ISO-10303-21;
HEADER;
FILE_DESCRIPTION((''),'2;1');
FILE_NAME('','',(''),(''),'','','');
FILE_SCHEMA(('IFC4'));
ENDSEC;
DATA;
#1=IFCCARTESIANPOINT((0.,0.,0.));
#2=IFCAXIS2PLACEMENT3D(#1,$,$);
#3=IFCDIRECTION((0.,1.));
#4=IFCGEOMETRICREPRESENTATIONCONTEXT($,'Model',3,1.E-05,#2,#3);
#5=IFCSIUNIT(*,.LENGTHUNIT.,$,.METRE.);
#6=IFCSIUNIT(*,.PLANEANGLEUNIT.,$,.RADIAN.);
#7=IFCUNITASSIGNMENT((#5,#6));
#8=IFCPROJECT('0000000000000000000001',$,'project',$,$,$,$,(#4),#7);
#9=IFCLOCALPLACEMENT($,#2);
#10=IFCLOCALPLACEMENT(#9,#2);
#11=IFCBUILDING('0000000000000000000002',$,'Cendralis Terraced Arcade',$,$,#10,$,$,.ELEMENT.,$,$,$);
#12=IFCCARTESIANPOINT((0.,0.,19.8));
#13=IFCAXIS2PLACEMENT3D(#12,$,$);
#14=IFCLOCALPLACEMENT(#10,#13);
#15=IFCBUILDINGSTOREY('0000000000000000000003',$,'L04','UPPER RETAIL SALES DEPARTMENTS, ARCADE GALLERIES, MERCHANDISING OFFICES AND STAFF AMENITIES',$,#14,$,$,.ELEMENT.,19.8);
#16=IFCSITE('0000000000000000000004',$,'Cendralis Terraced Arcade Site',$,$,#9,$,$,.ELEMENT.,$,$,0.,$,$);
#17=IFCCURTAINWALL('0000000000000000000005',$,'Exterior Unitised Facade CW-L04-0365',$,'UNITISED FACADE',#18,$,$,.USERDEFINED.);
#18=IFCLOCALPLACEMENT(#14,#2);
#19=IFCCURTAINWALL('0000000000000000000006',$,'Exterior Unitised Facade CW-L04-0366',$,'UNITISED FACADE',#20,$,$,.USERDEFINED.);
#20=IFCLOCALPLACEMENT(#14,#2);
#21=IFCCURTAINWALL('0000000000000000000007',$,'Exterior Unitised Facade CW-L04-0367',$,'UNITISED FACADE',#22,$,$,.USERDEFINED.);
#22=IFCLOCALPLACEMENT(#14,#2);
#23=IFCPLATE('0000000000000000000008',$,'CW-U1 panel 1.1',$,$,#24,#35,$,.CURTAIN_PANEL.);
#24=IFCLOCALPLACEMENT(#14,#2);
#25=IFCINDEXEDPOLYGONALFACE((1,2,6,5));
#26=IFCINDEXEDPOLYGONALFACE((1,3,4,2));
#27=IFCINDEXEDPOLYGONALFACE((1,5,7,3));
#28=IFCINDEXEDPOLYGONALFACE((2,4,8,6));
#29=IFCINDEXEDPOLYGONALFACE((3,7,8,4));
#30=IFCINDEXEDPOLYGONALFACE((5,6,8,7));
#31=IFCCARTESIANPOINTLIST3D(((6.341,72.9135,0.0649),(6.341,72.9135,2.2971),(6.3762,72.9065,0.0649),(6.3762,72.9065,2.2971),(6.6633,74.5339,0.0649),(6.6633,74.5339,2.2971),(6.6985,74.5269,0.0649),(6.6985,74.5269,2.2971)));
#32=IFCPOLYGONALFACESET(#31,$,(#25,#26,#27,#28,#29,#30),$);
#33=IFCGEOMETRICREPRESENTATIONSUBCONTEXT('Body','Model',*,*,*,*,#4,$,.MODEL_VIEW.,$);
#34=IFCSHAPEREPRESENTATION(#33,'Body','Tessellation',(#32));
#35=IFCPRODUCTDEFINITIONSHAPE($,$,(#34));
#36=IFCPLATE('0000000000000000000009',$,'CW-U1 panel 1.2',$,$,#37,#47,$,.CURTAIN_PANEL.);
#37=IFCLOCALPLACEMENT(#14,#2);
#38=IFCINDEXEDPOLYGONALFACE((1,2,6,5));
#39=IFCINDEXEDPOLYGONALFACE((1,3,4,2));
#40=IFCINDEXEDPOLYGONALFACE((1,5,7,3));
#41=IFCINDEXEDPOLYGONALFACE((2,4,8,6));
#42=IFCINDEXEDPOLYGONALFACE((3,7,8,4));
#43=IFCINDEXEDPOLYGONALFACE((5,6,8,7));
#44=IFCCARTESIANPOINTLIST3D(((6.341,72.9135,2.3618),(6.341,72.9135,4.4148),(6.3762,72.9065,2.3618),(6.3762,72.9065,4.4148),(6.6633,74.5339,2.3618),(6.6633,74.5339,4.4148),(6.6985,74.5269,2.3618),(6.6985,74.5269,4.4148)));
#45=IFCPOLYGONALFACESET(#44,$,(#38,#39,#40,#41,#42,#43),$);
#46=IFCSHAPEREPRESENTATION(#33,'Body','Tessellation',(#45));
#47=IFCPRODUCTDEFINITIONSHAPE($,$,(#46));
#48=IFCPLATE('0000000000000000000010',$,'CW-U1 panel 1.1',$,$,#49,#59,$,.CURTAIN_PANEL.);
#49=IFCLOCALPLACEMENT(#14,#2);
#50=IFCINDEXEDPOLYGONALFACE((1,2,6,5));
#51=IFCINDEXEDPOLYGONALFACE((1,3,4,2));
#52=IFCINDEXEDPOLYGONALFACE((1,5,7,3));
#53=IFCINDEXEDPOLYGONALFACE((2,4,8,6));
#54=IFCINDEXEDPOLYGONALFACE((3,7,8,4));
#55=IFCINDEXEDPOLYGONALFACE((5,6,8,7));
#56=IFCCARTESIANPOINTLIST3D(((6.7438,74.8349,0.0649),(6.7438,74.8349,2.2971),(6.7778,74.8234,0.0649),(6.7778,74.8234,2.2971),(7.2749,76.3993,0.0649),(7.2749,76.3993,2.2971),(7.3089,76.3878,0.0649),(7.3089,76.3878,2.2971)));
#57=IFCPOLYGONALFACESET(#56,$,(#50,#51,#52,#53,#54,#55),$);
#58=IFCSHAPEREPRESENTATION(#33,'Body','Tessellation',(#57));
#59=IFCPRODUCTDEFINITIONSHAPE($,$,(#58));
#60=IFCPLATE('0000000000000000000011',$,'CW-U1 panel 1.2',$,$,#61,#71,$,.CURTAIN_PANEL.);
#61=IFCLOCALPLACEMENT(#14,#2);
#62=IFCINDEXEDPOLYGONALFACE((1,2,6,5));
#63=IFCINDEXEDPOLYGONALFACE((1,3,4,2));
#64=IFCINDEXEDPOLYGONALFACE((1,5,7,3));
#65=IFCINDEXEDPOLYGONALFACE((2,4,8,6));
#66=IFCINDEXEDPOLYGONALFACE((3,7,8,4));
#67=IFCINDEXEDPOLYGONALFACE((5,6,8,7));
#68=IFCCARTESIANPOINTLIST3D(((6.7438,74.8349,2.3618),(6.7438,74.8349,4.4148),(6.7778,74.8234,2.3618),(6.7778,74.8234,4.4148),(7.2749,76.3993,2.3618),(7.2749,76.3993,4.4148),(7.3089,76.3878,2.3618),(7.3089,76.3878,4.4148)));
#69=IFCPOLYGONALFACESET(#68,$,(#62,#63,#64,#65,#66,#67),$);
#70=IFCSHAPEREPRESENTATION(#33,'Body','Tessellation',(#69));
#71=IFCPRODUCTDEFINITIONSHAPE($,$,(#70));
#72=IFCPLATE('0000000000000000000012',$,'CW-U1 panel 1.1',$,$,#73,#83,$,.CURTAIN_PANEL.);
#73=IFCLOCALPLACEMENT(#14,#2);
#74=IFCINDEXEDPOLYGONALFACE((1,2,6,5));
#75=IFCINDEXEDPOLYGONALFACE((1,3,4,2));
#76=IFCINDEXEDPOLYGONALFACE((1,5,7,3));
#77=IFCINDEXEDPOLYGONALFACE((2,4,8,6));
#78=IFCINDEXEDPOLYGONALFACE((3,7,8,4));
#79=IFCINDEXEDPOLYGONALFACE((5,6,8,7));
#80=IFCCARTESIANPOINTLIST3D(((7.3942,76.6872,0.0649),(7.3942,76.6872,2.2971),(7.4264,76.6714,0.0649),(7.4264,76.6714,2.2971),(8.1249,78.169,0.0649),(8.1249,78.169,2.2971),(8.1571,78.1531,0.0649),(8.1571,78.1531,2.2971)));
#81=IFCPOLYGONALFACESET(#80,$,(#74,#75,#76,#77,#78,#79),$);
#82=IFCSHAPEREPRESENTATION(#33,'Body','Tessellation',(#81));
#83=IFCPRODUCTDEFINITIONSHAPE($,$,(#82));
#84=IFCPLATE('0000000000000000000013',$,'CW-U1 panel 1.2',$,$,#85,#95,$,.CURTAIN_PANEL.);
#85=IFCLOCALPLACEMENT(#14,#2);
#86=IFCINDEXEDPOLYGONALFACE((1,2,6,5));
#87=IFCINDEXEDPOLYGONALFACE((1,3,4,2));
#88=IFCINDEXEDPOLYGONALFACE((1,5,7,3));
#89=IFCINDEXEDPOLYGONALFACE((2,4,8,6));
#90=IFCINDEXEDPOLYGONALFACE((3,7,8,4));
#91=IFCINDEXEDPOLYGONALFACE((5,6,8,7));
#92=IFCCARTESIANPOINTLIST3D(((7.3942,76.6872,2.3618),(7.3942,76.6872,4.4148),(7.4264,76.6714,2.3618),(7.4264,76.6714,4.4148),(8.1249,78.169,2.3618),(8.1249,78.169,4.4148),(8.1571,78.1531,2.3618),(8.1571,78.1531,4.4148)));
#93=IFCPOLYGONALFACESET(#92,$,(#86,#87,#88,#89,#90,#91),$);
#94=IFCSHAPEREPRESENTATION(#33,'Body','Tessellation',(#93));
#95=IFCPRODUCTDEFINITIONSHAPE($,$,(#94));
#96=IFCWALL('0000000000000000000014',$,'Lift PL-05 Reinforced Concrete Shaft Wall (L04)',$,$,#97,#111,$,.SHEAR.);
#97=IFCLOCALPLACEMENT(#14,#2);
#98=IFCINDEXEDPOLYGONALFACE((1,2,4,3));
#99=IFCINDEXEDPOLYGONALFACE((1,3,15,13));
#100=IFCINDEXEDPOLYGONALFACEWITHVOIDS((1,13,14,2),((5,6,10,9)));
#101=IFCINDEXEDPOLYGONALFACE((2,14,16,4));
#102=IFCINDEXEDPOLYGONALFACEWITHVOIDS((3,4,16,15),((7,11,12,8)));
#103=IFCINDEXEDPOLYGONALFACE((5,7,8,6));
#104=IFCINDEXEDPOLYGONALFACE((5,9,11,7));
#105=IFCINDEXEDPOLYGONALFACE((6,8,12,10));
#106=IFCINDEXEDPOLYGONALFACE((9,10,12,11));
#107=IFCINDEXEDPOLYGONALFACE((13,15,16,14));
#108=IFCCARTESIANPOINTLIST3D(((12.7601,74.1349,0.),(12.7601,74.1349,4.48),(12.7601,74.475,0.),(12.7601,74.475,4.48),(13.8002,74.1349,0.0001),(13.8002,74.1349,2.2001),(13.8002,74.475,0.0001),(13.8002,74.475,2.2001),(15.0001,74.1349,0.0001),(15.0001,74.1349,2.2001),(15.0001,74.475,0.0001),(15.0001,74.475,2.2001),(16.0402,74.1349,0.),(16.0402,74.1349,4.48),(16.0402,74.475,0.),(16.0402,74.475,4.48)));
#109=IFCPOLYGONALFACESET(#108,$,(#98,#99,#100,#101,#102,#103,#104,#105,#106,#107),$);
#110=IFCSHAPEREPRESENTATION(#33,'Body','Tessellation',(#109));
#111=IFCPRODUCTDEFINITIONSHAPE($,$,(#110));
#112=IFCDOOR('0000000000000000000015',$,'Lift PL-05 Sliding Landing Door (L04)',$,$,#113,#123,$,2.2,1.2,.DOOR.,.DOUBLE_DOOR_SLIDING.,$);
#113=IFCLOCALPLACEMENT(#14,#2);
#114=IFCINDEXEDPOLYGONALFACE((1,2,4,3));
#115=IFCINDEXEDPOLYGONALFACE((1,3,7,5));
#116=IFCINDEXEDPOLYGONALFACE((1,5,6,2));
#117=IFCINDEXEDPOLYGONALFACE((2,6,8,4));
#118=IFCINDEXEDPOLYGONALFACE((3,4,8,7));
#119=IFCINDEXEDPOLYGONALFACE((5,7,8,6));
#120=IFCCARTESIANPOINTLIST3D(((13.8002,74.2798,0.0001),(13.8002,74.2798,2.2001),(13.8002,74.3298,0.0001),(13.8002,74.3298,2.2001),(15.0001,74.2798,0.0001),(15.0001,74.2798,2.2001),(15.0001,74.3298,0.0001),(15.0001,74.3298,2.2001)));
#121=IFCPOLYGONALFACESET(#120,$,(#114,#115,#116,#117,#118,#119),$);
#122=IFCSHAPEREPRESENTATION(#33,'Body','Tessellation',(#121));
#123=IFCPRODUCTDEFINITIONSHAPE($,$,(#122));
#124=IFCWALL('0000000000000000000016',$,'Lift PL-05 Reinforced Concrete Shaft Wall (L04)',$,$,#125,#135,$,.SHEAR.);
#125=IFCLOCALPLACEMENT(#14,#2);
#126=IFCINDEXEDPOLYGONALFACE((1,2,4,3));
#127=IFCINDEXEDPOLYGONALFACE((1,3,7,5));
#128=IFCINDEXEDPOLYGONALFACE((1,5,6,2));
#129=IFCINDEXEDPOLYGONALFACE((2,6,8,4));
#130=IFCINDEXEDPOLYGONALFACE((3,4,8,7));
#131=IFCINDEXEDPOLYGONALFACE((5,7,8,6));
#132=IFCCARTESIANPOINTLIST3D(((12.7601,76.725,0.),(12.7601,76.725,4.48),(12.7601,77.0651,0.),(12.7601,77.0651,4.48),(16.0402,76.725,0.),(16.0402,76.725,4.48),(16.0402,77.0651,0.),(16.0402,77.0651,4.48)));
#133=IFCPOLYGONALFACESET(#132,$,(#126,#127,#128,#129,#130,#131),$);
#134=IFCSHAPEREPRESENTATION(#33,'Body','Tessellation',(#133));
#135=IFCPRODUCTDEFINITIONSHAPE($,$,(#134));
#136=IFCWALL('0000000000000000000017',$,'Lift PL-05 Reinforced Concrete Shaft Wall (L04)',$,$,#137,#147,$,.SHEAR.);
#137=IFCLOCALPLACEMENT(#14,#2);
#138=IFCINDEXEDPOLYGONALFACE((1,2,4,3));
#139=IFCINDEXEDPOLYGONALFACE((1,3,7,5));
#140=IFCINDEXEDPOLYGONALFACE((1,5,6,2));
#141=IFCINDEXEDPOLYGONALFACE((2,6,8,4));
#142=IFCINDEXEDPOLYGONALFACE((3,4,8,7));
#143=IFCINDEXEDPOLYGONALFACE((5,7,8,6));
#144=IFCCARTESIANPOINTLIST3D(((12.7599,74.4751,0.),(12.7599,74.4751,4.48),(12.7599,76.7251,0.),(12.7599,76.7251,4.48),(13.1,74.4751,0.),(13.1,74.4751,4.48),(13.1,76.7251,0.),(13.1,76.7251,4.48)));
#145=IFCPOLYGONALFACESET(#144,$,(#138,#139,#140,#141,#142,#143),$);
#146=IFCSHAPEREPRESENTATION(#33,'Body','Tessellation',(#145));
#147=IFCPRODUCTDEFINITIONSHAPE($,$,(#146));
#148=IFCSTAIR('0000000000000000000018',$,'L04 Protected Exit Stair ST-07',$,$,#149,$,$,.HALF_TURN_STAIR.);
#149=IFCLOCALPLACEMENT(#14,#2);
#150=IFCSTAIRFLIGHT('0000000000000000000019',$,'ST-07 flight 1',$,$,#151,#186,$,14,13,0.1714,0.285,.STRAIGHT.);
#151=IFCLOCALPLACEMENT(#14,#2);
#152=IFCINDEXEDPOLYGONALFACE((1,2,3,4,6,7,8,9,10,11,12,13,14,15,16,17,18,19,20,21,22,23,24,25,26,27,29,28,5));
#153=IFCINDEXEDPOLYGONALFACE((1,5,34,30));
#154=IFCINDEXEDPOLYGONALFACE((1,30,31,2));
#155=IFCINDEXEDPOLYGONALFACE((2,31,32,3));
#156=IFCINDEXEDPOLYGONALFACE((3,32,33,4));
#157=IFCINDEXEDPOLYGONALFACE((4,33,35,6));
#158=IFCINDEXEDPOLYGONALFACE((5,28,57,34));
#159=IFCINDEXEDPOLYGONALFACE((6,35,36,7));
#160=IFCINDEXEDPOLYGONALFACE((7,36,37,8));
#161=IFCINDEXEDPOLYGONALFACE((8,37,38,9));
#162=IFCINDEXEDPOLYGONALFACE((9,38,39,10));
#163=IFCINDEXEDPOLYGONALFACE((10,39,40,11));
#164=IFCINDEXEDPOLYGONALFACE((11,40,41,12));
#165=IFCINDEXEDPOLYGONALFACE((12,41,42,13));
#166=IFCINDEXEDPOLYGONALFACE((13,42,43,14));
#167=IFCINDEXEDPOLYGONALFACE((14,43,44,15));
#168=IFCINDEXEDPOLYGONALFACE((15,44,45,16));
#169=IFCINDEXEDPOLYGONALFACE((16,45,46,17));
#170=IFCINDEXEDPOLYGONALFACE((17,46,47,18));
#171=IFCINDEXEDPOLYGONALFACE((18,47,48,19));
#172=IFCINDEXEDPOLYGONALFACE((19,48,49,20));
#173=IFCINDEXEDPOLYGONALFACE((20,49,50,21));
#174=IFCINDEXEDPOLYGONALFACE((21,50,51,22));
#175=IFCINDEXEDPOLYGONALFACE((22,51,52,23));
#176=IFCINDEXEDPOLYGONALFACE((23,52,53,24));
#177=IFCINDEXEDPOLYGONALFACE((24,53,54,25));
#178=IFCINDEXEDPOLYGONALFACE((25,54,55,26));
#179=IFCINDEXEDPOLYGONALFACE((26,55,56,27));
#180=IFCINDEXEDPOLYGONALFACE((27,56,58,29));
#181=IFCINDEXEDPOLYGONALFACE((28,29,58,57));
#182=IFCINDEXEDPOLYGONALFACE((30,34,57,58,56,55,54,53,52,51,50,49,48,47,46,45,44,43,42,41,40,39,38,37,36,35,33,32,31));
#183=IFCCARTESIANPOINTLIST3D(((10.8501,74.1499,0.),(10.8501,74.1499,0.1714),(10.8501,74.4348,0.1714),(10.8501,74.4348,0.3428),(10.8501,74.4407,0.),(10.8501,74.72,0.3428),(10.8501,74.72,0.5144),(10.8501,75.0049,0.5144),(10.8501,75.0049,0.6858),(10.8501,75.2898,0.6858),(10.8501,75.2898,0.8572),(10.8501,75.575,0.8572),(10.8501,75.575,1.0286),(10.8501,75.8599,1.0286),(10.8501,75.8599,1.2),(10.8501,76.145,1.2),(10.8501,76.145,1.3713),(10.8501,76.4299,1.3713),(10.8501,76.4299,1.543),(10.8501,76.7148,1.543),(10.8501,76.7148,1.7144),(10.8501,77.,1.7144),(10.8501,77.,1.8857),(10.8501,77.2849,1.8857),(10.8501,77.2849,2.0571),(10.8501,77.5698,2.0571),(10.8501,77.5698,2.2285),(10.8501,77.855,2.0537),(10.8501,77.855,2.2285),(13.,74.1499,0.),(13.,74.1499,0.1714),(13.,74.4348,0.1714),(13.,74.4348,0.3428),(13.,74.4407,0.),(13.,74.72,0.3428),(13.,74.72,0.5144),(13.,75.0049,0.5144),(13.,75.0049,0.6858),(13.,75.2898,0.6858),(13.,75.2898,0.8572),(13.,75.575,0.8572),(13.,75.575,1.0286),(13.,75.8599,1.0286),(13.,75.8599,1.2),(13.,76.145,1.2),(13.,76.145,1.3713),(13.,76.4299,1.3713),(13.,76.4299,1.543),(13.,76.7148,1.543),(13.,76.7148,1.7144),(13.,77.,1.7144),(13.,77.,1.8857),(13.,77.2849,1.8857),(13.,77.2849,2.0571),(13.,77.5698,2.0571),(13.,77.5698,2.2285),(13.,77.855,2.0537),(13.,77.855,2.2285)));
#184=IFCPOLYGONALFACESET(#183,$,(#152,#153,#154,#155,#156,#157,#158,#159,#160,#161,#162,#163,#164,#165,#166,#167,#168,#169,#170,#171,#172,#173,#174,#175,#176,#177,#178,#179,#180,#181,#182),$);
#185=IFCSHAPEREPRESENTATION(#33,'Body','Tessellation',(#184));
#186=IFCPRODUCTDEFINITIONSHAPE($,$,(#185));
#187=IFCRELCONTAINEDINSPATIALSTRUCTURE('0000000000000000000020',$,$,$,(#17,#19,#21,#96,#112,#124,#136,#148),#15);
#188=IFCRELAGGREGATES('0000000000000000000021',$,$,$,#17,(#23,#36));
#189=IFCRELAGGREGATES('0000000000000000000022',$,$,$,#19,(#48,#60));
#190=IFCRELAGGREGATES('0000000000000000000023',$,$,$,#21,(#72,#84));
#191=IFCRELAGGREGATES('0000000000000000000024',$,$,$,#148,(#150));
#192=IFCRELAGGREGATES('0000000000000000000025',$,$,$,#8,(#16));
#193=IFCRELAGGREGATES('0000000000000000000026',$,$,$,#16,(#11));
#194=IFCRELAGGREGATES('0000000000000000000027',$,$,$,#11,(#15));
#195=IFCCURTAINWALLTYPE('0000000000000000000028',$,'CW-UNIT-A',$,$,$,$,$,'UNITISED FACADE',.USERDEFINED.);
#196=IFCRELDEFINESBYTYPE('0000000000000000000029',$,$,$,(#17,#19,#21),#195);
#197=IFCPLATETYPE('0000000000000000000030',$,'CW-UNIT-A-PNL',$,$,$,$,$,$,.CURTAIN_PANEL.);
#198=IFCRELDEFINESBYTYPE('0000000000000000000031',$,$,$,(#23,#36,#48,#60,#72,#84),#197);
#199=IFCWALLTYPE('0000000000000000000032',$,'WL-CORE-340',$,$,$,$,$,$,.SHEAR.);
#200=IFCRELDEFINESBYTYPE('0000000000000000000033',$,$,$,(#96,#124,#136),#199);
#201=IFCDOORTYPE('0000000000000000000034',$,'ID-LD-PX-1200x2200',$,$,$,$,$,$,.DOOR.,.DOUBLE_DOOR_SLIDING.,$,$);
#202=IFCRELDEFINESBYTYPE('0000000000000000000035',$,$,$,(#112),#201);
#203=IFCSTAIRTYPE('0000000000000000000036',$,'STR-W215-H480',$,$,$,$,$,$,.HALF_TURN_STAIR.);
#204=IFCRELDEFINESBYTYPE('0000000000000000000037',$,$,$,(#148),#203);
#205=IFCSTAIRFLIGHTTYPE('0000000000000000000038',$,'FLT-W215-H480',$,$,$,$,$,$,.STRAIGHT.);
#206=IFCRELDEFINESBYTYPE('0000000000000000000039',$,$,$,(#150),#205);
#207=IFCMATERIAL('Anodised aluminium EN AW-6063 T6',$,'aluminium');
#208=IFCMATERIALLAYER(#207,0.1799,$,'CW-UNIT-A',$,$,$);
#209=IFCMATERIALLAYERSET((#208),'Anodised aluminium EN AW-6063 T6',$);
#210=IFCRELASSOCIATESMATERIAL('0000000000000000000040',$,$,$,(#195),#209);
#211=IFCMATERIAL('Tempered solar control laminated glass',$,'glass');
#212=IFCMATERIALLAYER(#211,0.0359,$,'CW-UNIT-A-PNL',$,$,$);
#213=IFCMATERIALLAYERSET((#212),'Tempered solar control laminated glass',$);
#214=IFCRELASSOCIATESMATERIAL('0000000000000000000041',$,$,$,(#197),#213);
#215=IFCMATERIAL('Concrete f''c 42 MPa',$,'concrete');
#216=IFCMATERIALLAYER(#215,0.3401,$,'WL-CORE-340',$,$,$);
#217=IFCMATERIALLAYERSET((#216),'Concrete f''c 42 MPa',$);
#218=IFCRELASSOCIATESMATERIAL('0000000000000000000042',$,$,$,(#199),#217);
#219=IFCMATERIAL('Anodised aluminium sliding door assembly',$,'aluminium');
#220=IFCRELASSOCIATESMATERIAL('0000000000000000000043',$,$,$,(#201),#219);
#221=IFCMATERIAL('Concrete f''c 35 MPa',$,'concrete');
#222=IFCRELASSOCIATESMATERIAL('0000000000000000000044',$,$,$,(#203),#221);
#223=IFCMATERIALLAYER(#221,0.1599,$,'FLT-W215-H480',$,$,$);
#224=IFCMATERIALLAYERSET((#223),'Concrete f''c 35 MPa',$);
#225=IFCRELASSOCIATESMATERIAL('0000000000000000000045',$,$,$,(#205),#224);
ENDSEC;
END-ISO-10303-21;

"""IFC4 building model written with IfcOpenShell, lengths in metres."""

from ifc_helpers import new_model, si_unit, direction, frame, frame_2d, origin, origin_2d, place, context, subcontext, project, spatial, polyline, rectangle, outline, extrude, material, layer, layer_set, type_object, element, fill, aggregate, save


model = new_model("IFC4")

# Units and contexts
model_context = context("Model", 3, precision=1e-05, world=origin(), true_north=direction((0.0, 1.0)))
body_context = subcontext(model_context, "Body", "Model", "MODEL_VIEW")
ifc_project = project(units=[si_unit("LENGTHUNIT", "METRE"), si_unit("PLANEANGLEUNIT", "RADIAN")], contexts=[model_context])

# Site, building, storey
site_placement = place(None, origin())
site = spatial("IfcSite", under=ifc_project, at=site_placement, Name="Cendralis Terraced Arcade Site", CompositionType="ELEMENT", RefElevation=0.0)
building_placement = place(site_placement, origin())
building = spatial("IfcBuilding", under=site, at=building_placement, Name="Cendralis Terraced Arcade", CompositionType="ELEMENT")
storey_placement = place(building_placement, frame((0.0, 0.0, 19.8)))
storey = spatial("IfcBuildingStorey", under=building, at=storey_placement, Name="L04", Description="UPPER RETAIL SALES DEPARTMENTS, ARCADE GALLERIES, MERCHANDISING OFFICES AND STAFF AMENITIES", CompositionType="ELEMENT", Elevation=19.8)

# Curtain wall
ifc_material_1 = material(Name="Anodised aluminium EN AW-6063 T6", Category="aluminium")
ifc_layer_1 = layer(ifc_material_1, 0.1799, Name="CW-UNIT-A")
ifc_layer_set_1 = layer_set([ifc_layer_1], Name="Anodised aluminium EN AW-6063 T6")
curtain_wall_type = type_object("IfcCurtainWallType", Name="CW-UNIT-A", ElementType="UNITISED FACADE", PredefinedType="USERDEFINED", material=ifc_layer_set_1)
curtain_wall_1_placement = place(storey_placement, origin())
curtain_wall_1 = element("IfcCurtainWall", 1, at=curtain_wall_1_placement, inside=storey, type_object=curtain_wall_type, Name="Exterior Unitised Facade CW-L04-0365", ObjectType="UNITISED FACADE", PredefinedType="USERDEFINED")

# Curtain walls
curtain_wall_2_placement = place(storey_placement, origin())
curtain_wall_2 = element("IfcCurtainWall", 2, at=curtain_wall_2_placement, inside=storey, type_object=curtain_wall_type, Name="Exterior Unitised Facade CW-L04-0366", ObjectType="UNITISED FACADE", PredefinedType="USERDEFINED")
curtain_wall_3_placement = place(storey_placement, origin())
curtain_wall_3 = element("IfcCurtainWall", 3, at=curtain_wall_3_placement, inside=storey, type_object=curtain_wall_type, Name="Exterior Unitised Facade CW-L04-0367", ObjectType="UNITISED FACADE", PredefinedType="USERDEFINED")

# Plates
ifc_material_2 = material(Name="Tempered solar control laminated glass", Category="glass")
ifc_layer_2 = layer(ifc_material_2, 0.0359, Name="CW-UNIT-A-PNL")
ifc_layer_set_2 = layer_set([ifc_layer_2], Name="Tempered solar control laminated glass")
plate_type = type_object("IfcPlateType", Name="CW-UNIT-A-PNL", PredefinedType="CURTAIN_PANEL", material=ifc_layer_set_2)
plate_1_placement = place(storey_placement, frame((6.5198, 73.7202, 0.0649), z_axis=(0.0, 0.0, 1.0), x_axis=(0.195058, 0.980792, 0.0)))
plate_1 = element("IfcPlate", 4, at=plate_1_placement, type_object=plate_type, Name="CW-U1 panel 1.1", PredefinedType="CURTAIN_PANEL", context=body_context, shape_type="SweptSolid", body=[
    extrude(rectangle(XDim=1.6521, YDim=0.0359, at=origin_2d()), origin(), (0.0, 0.0, 1.0), 2.2322),
])
plate_2_placement = place(storey_placement, frame((6.5198, 73.7202, 2.3618), z_axis=(0.0, 0.0, 1.0), x_axis=(0.195058, 0.980792, 0.0)))
plate_2 = element("IfcPlate", 5, at=plate_2_placement, type_object=plate_type, Name="CW-U1 panel 1.2", PredefinedType="CURTAIN_PANEL", context=body_context, shape_type="SweptSolid", body=[
    extrude(rectangle(XDim=1.6521, YDim=0.0359, at=origin_2d()), origin(), (0.0, 0.0, 1.0), 2.053),
])
aggregate(curtain_wall_1, [plate_1, plate_2])
plate_3_placement = place(storey_placement, frame((7.0264, 75.6113, 0.0649), z_axis=(0.0, 0.0, 1.0), x_axis=(0.321458, 0.946924, 0.0)))
plate_3 = element("IfcPlate", 6, at=plate_3_placement, type_object=plate_type, Name="CW-U1 panel 1.1", PredefinedType="CURTAIN_PANEL", context=body_context, shape_type="SweptSolid", body=[
    extrude(rectangle(XDim=1.6521, YDim=0.0359, at=origin_2d()), origin(), (0.0, 0.0, 1.0), 2.2322),
])
plate_4_placement = place(storey_placement, frame((7.0264, 75.6113, 2.3618), z_axis=(0.0, 0.0, 1.0), x_axis=(0.321458, 0.946924, 0.0)))
plate_4 = element("IfcPlate", 7, at=plate_4_placement, type_object=plate_type, Name="CW-U1 panel 1.2", PredefinedType="CURTAIN_PANEL", context=body_context, shape_type="SweptSolid", body=[
    extrude(rectangle(XDim=1.6521, YDim=0.0359, at=origin_2d()), origin(), (0.0, 0.0, 1.0), 2.053),
])
aggregate(curtain_wall_2, [plate_3, plate_4])
plate_5_placement = place(storey_placement, frame((7.7756, 77.4202, 0.0649), z_axis=(0.0, 0.0, 1.0), x_axis=(0.442291, 0.896871, 0.0)))
plate_5 = element("IfcPlate", 8, at=plate_5_placement, type_object=plate_type, Name="CW-U1 panel 1.1", PredefinedType="CURTAIN_PANEL", context=body_context, shape_type="SweptSolid", body=[
    extrude(rectangle(XDim=1.6521, YDim=0.0359, at=origin_2d()), origin(), (0.0, 0.0, 1.0), 2.2322),
])
plate_6_placement = place(storey_placement, frame((7.7756, 77.4202, 2.3618), z_axis=(0.0, 0.0, 1.0), x_axis=(0.442291, 0.896871, 0.0)))
plate_6 = element("IfcPlate", 9, at=plate_6_placement, type_object=plate_type, Name="CW-U1 panel 1.2", PredefinedType="CURTAIN_PANEL", context=body_context, shape_type="SweptSolid", body=[
    extrude(rectangle(XDim=1.6521, YDim=0.0359, at=origin_2d()), origin(), (0.0, 0.0, 1.0), 2.053),
])
aggregate(curtain_wall_3, [plate_5, plate_6])

# Wall, opening, door
ifc_material_3 = material(Name="Concrete f'c 42 MPa", Category="concrete")
ifc_layer_3 = layer(ifc_material_3, 0.3401, Name="WL-CORE-340")
ifc_layer_set_3 = layer_set([ifc_layer_3], Name="Concrete f'c 42 MPa")
wall_type = type_object("IfcWallType", Name="WL-CORE-340", PredefinedType="SHEAR", material=ifc_layer_set_3)
wall_1_placement = place(storey_placement, frame((12.76, 74.3049, 0.0), z_axis=(0.0, 0.0, 1.0), x_axis=(1.0, 0.0, 0.0)))
wall_1 = element("IfcWall", 10, at=wall_1_placement, inside=storey, type_object=wall_type, Name="Lift PL-05 Reinforced Concrete Shaft Wall (L04)", PredefinedType="SHEAR", context=body_context, shape_type="SweptSolid", body=[
    extrude(rectangle(XDim=3.28, YDim=0.3401, at=frame_2d((1.6401, 0.0))), origin(), (0.0, 0.0, 1.0), 4.48),
])
opening_placement = place(wall_1_placement, frame((1.04, 0.0, 0.0)))
opening = element("IfcOpeningElement", 11, at=opening_placement, cuts=wall_1, PredefinedType="OPENING", context=body_context, shape_type="SweptSolid", body=[
    extrude(rectangle(XDim=1.2, YDim=2.2, at=frame_2d((0.6001, 1.1001))), frame((0.0, 0.1821, 0.0), z_axis=(0.0, -1.0, 0.0), x_axis=(1.0, 0.0, 0.0)), (0.0, 0.0, 1.0), 0.364),
])
ifc_material_4 = material(Name="Anodised aluminium sliding door assembly", Category="aluminium")
door_type = type_object("IfcDoorType", Name="ID-LD-PX-1200x2200", OperationType="DOUBLE_DOOR_SLIDING", PredefinedType="DOOR", material=ifc_material_4)
door_placement = place(opening_placement, origin())
door = element("IfcDoor", 12, at=door_placement, inside=storey, type_object=door_type, Name="Lift PL-05 Sliding Landing Door (L04)", OperationType="DOUBLE_DOOR_SLIDING", OverallHeight=2.2, OverallWidth=1.2, PredefinedType="DOOR", context=body_context, shape_type="SweptSolid", body=[
    extrude(rectangle(XDim=1.2, YDim=2.2, at=frame_2d((0.6001, 1.1001))), frame((0.0, 0.0249, 0.0), z_axis=(0.0, -1.0, 0.0), x_axis=(1.0, 0.0, 0.0)), (0.0, 0.0, 1.0), 0.05),
])
fill(opening, door)

# Walls
wall_2_placement = place(storey_placement, frame((12.76, 76.895, 0.0), z_axis=(0.0, 0.0, 1.0), x_axis=(1.0, 0.0, 0.0)))
element("IfcWall", 13, at=wall_2_placement, inside=storey, type_object=wall_type, Name="Lift PL-05 Reinforced Concrete Shaft Wall (L04)", PredefinedType="SHEAR", context=body_context, shape_type="SweptSolid", body=[
    extrude(rectangle(XDim=3.28, YDim=0.3401, at=frame_2d((1.6401, 0.0))), origin(), (0.0, 0.0, 1.0), 4.48),
])
wall_3_placement = place(storey_placement, frame((12.9299, 74.4751, 0.0), z_axis=(0.0, 0.0, 1.0), x_axis=(0.0, 1.0, 0.0)))
element("IfcWall", 14, at=wall_3_placement, inside=storey, type_object=wall_type, Name="Lift PL-05 Reinforced Concrete Shaft Wall (L04)", PredefinedType="SHEAR", context=body_context, shape_type="SweptSolid", body=[
    extrude(rectangle(XDim=2.25, YDim=0.3401, at=frame_2d((1.125, 0.0))), origin(), (0.0, 0.0, 1.0), 4.48),
])

# Stair, stair flight
ifc_material_5 = material(Name="Concrete f'c 35 MPa", Category="concrete")
stair_type = type_object("IfcStairType", Name="STR-W215-H480", PredefinedType="HALF_TURN_STAIR", material=ifc_material_5)
stair_placement = place(storey_placement, origin())
stair = element("IfcStair", 15, at=stair_placement, inside=storey, type_object=stair_type, Name="L04 Protected Exit Stair ST-07", PredefinedType="HALF_TURN_STAIR")
ifc_layer_4 = layer(ifc_material_5, 0.1599, Name="FLT-W215-H480")
ifc_layer_set_4 = layer_set([ifc_layer_4], Name="Concrete f'c 35 MPa")
stair_flight_type = type_object("IfcStairFlightType", Name="FLT-W215-H480", PredefinedType="STRAIGHT", material=ifc_layer_set_4)
stair_flight_1_placement = place(storey_placement, frame((11.925, 74.1499, 0.0), z_axis=(0.0, 0.0, 1.0), x_axis=(0.0, 1.0, 0.0)))
stair_flight_1 = element("IfcStairFlight", 16, at=stair_flight_1_placement, type_object=stair_flight_type, Name="ST-07 flight 1", NumberOfRisers=14, NumberOfTreads=13, PredefinedType="STRAIGHT", RiserHeight=0.1714, TreadLength=0.285, context=body_context, shape_type="SweptSolid", body=[
    extrude(outline(polyline([(0.0, 0.0), (0.0, 0.1714), (0.2849, 0.1714), (0.2849, 0.3428), (0.5701, 0.3428), (0.5701, 0.5144), (0.855, 0.5144), (0.855, 0.6858), (1.1399, 0.6858), (1.1399, 0.8572), (1.425, 0.8572), (1.425, 1.0286), (1.71, 1.0286), (1.71, 1.2), (1.9951, 1.2), (1.9951, 1.3713), (2.28, 1.3713), (2.28, 1.543), (2.5649, 1.543), (2.5649, 1.7144), (2.8501, 1.7144), (2.8501, 1.8857), (3.135, 1.8857), (3.135, 2.0571), (3.4199, 2.0571), (3.4199, 2.2285), (3.7051, 2.2285), (3.7051, 2.3999), (3.7051, 2.0537), (0.2908, 0.0), (0.0, 0.0)])), frame((0.0, 1.075, 0.0), z_axis=(0.0, -1.0, 0.0), x_axis=(1.0, 0.0, 0.0)), (0.0, 0.0, 1.0), 2.1499),
])
aggregate(stair, [stair_flight_1])

save(model, "model.ifc")
